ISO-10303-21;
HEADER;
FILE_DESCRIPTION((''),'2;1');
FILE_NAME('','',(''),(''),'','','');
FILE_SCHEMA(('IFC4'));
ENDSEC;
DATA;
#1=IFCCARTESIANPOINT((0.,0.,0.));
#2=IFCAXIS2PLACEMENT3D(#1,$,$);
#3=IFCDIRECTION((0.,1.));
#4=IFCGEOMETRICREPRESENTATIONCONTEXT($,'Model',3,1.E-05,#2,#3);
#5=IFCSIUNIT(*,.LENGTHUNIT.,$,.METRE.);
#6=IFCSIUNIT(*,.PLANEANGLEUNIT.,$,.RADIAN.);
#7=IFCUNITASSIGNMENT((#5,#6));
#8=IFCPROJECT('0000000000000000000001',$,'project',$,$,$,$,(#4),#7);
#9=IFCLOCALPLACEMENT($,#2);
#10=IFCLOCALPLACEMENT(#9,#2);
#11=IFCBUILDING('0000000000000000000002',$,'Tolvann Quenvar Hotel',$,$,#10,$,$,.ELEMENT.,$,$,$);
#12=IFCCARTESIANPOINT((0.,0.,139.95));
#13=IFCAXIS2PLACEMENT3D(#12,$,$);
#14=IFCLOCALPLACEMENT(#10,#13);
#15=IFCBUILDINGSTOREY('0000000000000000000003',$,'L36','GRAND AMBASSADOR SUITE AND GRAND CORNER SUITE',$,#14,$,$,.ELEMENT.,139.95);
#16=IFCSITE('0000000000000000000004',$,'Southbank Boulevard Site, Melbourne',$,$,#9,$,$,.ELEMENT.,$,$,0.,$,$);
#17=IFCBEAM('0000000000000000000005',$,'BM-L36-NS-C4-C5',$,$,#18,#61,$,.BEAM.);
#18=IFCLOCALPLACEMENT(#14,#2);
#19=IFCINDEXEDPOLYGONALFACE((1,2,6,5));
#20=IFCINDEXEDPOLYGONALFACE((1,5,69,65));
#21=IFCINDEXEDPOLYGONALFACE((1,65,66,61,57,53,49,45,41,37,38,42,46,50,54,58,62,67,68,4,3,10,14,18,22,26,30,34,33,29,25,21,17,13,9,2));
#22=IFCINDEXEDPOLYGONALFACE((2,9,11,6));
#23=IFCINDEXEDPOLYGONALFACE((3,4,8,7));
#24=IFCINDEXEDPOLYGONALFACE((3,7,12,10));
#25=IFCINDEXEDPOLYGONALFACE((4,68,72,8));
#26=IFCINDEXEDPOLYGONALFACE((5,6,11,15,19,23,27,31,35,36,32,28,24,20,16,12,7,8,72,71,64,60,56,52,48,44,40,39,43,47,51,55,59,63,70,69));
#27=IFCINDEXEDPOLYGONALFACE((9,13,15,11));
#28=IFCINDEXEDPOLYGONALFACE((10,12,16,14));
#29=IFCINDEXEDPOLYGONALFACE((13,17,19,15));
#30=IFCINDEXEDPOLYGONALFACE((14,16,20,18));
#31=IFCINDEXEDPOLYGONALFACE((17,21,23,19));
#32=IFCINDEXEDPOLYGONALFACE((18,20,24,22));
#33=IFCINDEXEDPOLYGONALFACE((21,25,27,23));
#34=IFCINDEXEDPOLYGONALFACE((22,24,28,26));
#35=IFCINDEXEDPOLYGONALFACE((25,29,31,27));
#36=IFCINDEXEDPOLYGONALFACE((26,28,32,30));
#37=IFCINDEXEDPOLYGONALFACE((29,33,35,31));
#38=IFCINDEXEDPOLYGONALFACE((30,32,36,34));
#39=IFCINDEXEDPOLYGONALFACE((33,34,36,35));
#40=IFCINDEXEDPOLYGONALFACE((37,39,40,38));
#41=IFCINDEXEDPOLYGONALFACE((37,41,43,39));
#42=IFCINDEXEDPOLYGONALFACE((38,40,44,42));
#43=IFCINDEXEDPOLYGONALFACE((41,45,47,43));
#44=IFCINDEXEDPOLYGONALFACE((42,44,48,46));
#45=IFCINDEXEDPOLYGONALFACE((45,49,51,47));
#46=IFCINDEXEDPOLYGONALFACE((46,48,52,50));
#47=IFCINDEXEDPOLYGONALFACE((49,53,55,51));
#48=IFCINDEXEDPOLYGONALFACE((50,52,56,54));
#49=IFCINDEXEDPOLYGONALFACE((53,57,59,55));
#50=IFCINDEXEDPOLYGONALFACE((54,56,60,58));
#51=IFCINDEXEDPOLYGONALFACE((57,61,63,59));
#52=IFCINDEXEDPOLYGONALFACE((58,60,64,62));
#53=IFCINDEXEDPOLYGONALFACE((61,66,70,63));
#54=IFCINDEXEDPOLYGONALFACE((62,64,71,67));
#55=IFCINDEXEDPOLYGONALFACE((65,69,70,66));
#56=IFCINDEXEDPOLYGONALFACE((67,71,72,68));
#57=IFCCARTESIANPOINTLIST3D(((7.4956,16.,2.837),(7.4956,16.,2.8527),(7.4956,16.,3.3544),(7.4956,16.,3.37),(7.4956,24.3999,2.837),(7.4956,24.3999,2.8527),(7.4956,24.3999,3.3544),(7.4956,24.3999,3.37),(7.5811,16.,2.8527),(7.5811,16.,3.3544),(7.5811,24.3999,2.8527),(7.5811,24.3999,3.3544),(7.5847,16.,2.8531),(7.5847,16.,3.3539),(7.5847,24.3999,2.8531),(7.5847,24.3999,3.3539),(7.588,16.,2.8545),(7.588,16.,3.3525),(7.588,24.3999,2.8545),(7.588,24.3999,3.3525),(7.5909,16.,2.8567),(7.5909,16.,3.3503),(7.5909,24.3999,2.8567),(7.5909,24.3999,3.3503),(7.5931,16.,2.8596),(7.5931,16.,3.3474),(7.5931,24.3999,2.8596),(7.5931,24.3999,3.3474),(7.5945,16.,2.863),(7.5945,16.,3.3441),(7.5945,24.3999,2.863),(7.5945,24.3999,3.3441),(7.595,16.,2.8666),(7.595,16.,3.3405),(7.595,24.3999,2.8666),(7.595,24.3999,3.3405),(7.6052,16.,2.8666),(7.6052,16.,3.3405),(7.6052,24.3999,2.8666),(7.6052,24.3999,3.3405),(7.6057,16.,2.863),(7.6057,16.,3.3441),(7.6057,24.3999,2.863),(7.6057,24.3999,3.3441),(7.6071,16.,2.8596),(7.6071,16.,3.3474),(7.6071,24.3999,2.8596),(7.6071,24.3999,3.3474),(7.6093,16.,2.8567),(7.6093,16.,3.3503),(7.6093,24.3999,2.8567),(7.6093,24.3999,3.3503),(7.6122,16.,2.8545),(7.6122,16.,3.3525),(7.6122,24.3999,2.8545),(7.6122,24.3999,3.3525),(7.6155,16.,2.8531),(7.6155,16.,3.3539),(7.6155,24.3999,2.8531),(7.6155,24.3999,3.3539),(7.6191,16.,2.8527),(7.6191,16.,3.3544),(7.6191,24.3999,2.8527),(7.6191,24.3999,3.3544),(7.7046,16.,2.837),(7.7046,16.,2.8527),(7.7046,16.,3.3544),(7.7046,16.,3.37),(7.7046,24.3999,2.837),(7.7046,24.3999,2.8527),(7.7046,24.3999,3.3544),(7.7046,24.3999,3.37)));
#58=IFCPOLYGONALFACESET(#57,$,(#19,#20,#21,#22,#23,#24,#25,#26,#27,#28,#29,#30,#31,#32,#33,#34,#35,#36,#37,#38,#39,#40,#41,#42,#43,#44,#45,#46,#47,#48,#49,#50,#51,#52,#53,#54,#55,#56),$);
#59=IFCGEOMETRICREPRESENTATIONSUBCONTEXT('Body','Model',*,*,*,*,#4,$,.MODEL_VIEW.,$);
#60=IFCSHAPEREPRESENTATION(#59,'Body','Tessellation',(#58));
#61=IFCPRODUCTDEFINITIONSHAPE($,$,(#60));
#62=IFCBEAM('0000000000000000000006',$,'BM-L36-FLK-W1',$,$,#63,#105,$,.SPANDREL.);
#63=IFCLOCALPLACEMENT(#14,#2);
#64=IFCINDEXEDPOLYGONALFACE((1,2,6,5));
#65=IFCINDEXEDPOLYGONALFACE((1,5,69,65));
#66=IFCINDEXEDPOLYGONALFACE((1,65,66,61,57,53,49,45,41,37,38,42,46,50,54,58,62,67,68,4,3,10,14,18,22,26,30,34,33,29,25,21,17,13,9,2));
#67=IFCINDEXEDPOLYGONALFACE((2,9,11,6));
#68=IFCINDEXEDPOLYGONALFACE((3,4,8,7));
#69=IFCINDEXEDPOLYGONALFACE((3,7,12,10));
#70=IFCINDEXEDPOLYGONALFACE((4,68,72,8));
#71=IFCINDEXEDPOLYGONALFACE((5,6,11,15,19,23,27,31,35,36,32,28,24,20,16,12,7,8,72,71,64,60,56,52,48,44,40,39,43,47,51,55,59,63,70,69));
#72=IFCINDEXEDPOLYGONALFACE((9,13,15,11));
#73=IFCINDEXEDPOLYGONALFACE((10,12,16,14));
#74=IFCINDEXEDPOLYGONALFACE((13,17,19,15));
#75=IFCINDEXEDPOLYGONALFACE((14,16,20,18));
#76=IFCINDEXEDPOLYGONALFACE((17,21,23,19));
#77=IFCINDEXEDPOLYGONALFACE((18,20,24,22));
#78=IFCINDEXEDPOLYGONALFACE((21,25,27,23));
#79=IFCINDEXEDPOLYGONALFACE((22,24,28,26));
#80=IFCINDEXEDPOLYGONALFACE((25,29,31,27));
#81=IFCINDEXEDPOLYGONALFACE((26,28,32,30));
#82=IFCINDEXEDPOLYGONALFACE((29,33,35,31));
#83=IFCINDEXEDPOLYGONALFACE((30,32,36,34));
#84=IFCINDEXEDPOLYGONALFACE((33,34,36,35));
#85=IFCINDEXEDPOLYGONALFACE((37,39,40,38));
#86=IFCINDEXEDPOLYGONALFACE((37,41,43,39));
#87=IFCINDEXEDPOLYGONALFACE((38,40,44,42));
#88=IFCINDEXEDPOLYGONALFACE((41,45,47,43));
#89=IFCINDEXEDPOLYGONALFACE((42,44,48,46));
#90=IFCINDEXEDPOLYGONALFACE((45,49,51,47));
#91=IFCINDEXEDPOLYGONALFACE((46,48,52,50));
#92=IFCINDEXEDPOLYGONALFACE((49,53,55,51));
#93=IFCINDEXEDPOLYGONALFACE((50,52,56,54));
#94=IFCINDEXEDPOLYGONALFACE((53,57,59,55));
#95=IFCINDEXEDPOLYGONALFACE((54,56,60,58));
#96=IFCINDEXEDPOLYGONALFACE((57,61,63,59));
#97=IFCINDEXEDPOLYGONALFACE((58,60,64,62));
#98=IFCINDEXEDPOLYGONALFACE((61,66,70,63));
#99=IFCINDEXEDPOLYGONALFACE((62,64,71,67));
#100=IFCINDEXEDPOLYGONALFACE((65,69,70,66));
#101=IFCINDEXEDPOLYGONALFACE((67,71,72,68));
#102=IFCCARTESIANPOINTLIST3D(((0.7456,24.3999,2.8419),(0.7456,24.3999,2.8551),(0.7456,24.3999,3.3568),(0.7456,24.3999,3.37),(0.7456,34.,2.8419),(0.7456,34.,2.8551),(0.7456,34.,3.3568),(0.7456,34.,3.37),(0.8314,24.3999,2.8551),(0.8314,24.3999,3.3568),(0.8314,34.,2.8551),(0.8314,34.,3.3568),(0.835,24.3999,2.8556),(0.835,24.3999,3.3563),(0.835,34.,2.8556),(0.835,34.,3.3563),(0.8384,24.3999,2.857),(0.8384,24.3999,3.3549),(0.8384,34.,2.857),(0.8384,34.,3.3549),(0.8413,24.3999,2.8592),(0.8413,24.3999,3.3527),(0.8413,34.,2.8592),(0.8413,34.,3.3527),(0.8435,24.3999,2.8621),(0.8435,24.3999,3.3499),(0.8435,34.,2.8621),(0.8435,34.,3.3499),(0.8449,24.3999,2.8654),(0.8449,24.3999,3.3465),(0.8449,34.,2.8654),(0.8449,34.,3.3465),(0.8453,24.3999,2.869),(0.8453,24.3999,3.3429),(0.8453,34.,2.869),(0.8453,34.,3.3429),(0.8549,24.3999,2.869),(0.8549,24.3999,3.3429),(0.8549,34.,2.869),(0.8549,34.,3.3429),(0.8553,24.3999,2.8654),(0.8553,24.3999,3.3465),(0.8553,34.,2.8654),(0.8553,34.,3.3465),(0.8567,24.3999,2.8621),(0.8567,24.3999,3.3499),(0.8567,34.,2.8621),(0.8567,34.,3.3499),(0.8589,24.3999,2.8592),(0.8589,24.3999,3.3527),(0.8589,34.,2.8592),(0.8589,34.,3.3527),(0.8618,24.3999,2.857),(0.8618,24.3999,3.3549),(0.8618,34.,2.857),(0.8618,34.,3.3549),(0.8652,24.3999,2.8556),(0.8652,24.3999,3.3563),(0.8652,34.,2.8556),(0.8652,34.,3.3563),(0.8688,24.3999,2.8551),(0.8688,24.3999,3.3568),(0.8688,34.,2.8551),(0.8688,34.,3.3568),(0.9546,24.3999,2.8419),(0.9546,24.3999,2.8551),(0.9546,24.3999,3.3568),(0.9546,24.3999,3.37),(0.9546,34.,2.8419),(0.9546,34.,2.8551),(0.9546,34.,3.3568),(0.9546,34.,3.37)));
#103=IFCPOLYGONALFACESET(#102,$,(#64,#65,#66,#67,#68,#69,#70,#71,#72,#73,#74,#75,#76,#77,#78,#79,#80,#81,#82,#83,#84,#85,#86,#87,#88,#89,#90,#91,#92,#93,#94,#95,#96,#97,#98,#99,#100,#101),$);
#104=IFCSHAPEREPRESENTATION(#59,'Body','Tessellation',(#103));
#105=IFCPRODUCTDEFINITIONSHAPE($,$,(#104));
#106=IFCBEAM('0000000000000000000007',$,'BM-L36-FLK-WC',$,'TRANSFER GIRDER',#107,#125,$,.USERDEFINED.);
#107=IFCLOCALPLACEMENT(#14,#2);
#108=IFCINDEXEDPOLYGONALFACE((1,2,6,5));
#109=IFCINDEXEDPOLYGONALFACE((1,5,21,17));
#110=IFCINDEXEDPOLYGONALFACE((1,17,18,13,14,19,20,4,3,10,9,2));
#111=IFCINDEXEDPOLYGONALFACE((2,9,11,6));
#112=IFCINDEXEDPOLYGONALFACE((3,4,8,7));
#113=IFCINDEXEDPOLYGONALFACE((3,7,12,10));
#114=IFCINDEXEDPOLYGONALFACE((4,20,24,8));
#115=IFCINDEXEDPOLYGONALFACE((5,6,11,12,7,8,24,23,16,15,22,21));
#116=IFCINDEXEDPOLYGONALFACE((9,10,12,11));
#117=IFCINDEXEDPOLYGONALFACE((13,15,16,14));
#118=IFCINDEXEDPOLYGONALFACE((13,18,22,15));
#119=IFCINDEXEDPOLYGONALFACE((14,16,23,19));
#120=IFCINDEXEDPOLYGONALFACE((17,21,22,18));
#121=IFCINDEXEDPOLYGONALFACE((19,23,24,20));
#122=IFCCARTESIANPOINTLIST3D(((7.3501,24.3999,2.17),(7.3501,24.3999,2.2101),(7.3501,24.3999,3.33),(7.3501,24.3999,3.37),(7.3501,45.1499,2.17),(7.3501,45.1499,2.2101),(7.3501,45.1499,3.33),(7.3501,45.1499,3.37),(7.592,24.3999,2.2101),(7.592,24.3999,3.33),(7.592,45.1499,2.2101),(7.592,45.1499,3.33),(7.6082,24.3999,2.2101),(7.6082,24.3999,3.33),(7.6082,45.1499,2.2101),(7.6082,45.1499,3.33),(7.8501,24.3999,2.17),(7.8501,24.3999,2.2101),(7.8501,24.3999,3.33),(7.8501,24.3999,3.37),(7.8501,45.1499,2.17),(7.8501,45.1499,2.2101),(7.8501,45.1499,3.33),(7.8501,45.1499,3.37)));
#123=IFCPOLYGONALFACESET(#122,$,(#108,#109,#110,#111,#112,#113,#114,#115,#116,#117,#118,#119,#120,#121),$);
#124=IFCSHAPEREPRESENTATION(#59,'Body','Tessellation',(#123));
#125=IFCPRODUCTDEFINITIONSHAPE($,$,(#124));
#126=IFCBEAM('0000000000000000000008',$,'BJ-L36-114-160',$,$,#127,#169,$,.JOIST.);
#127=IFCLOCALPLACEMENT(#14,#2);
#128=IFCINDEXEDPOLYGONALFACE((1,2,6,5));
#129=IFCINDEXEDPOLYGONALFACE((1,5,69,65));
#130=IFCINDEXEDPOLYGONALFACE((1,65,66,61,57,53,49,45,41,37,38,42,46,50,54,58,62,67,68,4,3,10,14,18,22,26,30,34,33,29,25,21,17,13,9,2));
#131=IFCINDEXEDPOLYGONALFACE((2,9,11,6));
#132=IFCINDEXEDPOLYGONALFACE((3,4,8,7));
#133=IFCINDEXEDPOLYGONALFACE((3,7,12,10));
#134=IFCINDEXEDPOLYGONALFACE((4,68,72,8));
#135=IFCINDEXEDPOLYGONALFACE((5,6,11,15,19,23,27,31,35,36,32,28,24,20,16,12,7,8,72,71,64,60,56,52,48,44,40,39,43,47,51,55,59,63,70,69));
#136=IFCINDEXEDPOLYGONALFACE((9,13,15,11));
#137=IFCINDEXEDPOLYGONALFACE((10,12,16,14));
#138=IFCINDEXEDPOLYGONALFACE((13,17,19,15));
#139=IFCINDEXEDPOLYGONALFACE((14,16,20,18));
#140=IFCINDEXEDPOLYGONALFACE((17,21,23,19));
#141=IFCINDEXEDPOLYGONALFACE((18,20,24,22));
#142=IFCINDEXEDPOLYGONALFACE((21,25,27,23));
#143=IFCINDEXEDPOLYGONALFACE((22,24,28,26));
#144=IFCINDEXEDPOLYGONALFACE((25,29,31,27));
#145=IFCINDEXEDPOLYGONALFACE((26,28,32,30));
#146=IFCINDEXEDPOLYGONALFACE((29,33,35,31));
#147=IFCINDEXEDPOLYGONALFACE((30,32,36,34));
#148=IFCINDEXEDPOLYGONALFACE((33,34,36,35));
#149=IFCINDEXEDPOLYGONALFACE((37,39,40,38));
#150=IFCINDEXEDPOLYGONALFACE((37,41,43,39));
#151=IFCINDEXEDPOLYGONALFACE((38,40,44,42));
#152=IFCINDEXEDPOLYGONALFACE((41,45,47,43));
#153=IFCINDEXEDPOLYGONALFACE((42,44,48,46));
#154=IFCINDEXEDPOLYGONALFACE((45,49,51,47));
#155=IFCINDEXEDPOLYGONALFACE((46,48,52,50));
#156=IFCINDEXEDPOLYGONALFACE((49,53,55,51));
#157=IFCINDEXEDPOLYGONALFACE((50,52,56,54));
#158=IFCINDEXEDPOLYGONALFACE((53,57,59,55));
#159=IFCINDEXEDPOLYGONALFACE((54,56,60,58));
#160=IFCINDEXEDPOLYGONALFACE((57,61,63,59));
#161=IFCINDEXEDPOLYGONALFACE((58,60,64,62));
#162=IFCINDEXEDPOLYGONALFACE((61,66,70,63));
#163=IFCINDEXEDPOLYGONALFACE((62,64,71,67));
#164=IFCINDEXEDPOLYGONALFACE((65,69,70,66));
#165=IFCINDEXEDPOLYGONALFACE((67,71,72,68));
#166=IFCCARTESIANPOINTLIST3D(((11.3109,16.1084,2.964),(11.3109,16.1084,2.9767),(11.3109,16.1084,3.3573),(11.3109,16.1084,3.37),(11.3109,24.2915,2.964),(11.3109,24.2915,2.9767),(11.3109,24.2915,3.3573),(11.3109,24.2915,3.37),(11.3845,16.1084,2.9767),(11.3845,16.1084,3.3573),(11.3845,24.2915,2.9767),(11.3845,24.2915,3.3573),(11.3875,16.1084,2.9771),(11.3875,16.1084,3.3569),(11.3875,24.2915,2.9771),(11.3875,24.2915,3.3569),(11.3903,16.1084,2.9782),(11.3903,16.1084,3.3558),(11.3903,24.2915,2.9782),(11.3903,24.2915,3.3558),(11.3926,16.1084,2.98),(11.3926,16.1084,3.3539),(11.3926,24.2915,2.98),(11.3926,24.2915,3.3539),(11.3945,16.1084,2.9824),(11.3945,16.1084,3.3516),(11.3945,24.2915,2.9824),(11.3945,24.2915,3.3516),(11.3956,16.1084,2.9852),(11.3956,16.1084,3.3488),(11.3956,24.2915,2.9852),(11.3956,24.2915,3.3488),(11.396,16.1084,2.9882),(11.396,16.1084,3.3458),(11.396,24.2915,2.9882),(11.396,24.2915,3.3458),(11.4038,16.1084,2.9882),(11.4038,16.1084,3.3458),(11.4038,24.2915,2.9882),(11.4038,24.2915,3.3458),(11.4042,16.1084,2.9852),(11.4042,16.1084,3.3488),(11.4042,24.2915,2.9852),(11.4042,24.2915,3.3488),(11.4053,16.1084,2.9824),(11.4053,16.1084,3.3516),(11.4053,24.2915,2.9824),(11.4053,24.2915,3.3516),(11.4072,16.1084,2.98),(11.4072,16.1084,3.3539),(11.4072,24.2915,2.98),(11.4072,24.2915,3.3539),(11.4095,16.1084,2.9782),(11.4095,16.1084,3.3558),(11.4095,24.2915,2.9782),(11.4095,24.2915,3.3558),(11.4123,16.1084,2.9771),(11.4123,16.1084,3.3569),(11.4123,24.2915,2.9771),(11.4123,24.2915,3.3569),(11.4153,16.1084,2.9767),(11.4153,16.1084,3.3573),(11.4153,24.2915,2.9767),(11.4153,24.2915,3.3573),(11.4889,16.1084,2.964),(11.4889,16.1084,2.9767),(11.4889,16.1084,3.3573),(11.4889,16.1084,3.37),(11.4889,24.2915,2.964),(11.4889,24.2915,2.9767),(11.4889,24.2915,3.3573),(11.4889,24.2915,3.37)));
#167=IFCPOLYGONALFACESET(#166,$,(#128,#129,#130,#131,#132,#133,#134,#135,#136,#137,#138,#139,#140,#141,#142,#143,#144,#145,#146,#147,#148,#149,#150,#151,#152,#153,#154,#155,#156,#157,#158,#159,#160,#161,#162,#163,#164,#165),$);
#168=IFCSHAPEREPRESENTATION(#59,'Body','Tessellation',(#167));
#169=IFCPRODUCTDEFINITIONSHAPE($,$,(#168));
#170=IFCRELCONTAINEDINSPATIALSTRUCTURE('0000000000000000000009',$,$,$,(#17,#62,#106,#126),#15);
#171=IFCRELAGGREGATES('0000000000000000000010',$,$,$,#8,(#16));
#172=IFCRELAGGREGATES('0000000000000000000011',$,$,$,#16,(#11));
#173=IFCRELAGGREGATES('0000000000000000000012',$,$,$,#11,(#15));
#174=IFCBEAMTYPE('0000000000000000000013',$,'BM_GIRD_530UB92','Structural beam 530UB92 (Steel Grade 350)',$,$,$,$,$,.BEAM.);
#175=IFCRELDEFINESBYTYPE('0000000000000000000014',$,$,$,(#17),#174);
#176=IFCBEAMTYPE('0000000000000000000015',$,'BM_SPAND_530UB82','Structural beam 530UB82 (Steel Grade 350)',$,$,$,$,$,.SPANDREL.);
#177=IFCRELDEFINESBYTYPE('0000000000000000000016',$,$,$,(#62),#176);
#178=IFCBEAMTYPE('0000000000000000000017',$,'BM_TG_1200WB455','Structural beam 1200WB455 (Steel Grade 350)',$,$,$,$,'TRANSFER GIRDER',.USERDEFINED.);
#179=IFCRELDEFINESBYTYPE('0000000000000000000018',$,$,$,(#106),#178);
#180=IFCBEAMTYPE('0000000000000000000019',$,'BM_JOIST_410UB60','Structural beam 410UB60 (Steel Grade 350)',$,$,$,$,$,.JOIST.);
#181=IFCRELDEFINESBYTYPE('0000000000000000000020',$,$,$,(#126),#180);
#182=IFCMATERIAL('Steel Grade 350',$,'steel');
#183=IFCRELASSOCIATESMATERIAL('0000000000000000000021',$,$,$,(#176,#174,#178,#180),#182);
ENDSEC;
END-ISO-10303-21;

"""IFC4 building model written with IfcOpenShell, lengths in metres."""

from ifc_helpers import new_model, si_unit, direction, frame, origin, origin_2d, place, context, subcontext, project, spatial, i_section, extrude, source, transform, mapped, material, material_profile, profile_set, type_object, type_shapes, element, save


model = new_model("IFC4")

# Units and contexts
model_context = context("Model", 3, precision=1e-05, world=origin(), true_north=direction((0.0, 1.0)))
body_context = subcontext(model_context, "Body", "Model", "MODEL_VIEW")
ifc_project = project(units=[si_unit("LENGTHUNIT", "METRE"), si_unit("PLANEANGLEUNIT", "RADIAN")], contexts=[model_context])

# Site, building, storey
site_placement = place(None, origin())
site = spatial("IfcSite", under=ifc_project, at=site_placement, Name="Southbank Boulevard Site, Melbourne", CompositionType="ELEMENT", RefElevation=0.0)
building_placement = place(site_placement, origin())
building = spatial("IfcBuilding", under=site, at=building_placement, Name="Tolvann Quenvar Hotel", CompositionType="ELEMENT")
storey_placement = place(building_placement, frame((0.0, 0.0, 139.95)))
storey = spatial("IfcBuildingStorey", under=building, at=storey_placement, Name="L36", Description="GRAND AMBASSADOR SUITE AND GRAND CORNER SUITE", CompositionType="ELEMENT", Elevation=139.95)

# Shared definitions
ifc_material_1 = material(Name="Steel Grade 350", Category="steel")

# Beams
ifc_material_profile_1 = material_profile(ifc_material_1, i_section(OverallWidth=0.209, OverallDepth=0.5281, WebThickness=0.0095, FlangeThickness=0.0132, FilletRadius=0.0139, at=origin_2d()), Name="530UB82")
ifc_profile_set_1 = profile_set([ifc_material_profile_1], Name="Steel Grade 350")
beam_type_1 = type_object("IfcBeamType", Name="BM_SPAND_530UB82", Description="Structural beam 530UB82 (Steel Grade 350)", PredefinedType="SPANDREL", material=ifc_profile_set_1)
ifc_material_profile_2 = material_profile(ifc_material_1, i_section(OverallWidth=0.209, OverallDepth=0.533, WebThickness=0.0103, FlangeThickness=0.0156, FilletRadius=0.0139, at=origin_2d()), Name="530UB92")
ifc_profile_set_2 = profile_set([ifc_material_profile_2], Name="Steel Grade 350")
beam_type_2 = type_object("IfcBeamType", Name="BM_GIRD_530UB92", Description="Structural beam 530UB92 (Steel Grade 350)", PredefinedType="BEAM", material=ifc_profile_set_2)
shared_shape_1 = source(origin(), body_context, "Body", "SweptSolid", [
    extrude(i_section(OverallWidth=0.209, OverallDepth=0.533, WebThickness=0.0103, FlangeThickness=0.0156, FilletRadius=0.0139, at=origin_2d()), origin(), (0.0, 0.0, 1.0), 8.3999),
])
type_shapes(beam_type_2, [shared_shape_1])
beam_1_placement = place(storey_placement, frame((7.6001, 16.0, 3.1035), z_axis=(0.0, 1.0, 0.0), x_axis=(-1.0, 0.0, 0.0)))
element("IfcBeam", 1, at=beam_1_placement, inside=storey, type_object=beam_type_2, Name="BM-L36-NS-C4-C5", PredefinedType="BEAM", context=body_context, shape_type="MappedRepresentation", body=[
    mapped(shared_shape_1, transform((0.0, 0.0, 0.0), x_axis=(1.0, 0.0, 0.0), y_axis=(0.0, 1.0, 0.0), z_axis=(0.0, 0.0, 1.0), scale=1.0)),
])
shared_shape_2 = source(origin(), body_context, "Body", "SweptSolid", [
    extrude(i_section(OverallWidth=0.209, OverallDepth=0.5281, WebThickness=0.0095, FlangeThickness=0.0132, FilletRadius=0.0139, at=origin_2d()), origin(), (0.0, 0.0, 1.0), 9.6001),
])
beam_2_placement = place(storey_placement, frame((0.8501, 24.3999, 3.106), z_axis=(0.0, 1.0, 0.0), x_axis=(-1.0, 0.0, 0.0)))
element("IfcBeam", 2, at=beam_2_placement, inside=storey, type_object=beam_type_1, Name="BM-L36-FLK-W1", PredefinedType="SPANDREL", context=body_context, shape_type="MappedRepresentation", body=[
    mapped(shared_shape_2, transform((0.0, 0.0, 0.0), x_axis=(1.0, 0.0, 0.0), y_axis=(0.0, 1.0, 0.0), z_axis=(0.0, 0.0, 1.0), scale=1.0)),
])
ifc_material_profile_3 = material_profile(ifc_material_1, i_section(OverallWidth=0.5, OverallDepth=1.2, WebThickness=0.0161, FlangeThickness=0.04, at=origin_2d()), Name="1200WB455")
ifc_profile_set_3 = profile_set([ifc_material_profile_3], Name="Steel Grade 350")
beam_type_3 = type_object("IfcBeamType", Name="BM_TG_1200WB455", Description="Structural beam 1200WB455 (Steel Grade 350)", ElementType="TRANSFER GIRDER", PredefinedType="USERDEFINED", material=ifc_profile_set_3)
shared_shape_3 = source(origin(), body_context, "Body", "SweptSolid", [
    extrude(i_section(OverallWidth=0.5, OverallDepth=1.2, WebThickness=0.0161, FlangeThickness=0.04, at=origin_2d()), origin(), (0.0, 0.0, 1.0), 20.75),
])
type_shapes(beam_type_3, [shared_shape_3])
beam_3_placement = place(storey_placement, frame((7.6001, 24.3999, 2.77), z_axis=(0.0, 1.0, 0.0), x_axis=(-1.0, 0.0, 0.0)))
element("IfcBeam", 3, at=beam_3_placement, inside=storey, type_object=beam_type_3, Name="BM-L36-FLK-WC", ObjectType="TRANSFER GIRDER", PredefinedType="USERDEFINED", context=body_context, shape_type="MappedRepresentation", body=[
    mapped(shared_shape_3, transform((0.0, 0.0, 0.0), x_axis=(1.0, 0.0, 0.0), y_axis=(0.0, 1.0, 0.0), z_axis=(0.0, 0.0, 1.0), scale=1.0)),
])
ifc_material_profile_4 = material_profile(ifc_material_1, i_section(OverallWidth=0.178, OverallDepth=0.406, WebThickness=0.0078, FlangeThickness=0.0127, FilletRadius=0.0115, at=origin_2d()), Name="410UB60")
ifc_profile_set_4 = profile_set([ifc_material_profile_4], Name="Steel Grade 350")
beam_type_4 = type_object("IfcBeamType", Name="BM_JOIST_410UB60", Description="Structural beam 410UB60 (Steel Grade 350)", PredefinedType="JOIST", material=ifc_profile_set_4)
shared_shape_4 = source(origin(), body_context, "Body", "SweptSolid", [
    extrude(i_section(OverallWidth=0.178, OverallDepth=0.406, WebThickness=0.0078, FlangeThickness=0.0127, FilletRadius=0.0115, at=origin_2d()), origin(), (0.0, 0.0, 1.0), 8.1831),
])
type_shapes(beam_type_4, [shared_shape_4])
beam_4_placement = place(storey_placement, frame((11.3999, 16.1084, 3.167), z_axis=(0.0, 1.0, 0.0), x_axis=(-1.0, 0.0, 0.0)))
element("IfcBeam", 4, at=beam_4_placement, inside=storey, type_object=beam_type_4, Name="BJ-L36-114-160", PredefinedType="JOIST", context=body_context, shape_type="MappedRepresentation", body=[
    mapped(shared_shape_4, transform((0.0, 0.0, 0.0), x_axis=(1.0, 0.0, 0.0), y_axis=(0.0, 1.0, 0.0), z_axis=(0.0, 0.0, 1.0), scale=1.0)),
])

save(model, "model.ifc")
